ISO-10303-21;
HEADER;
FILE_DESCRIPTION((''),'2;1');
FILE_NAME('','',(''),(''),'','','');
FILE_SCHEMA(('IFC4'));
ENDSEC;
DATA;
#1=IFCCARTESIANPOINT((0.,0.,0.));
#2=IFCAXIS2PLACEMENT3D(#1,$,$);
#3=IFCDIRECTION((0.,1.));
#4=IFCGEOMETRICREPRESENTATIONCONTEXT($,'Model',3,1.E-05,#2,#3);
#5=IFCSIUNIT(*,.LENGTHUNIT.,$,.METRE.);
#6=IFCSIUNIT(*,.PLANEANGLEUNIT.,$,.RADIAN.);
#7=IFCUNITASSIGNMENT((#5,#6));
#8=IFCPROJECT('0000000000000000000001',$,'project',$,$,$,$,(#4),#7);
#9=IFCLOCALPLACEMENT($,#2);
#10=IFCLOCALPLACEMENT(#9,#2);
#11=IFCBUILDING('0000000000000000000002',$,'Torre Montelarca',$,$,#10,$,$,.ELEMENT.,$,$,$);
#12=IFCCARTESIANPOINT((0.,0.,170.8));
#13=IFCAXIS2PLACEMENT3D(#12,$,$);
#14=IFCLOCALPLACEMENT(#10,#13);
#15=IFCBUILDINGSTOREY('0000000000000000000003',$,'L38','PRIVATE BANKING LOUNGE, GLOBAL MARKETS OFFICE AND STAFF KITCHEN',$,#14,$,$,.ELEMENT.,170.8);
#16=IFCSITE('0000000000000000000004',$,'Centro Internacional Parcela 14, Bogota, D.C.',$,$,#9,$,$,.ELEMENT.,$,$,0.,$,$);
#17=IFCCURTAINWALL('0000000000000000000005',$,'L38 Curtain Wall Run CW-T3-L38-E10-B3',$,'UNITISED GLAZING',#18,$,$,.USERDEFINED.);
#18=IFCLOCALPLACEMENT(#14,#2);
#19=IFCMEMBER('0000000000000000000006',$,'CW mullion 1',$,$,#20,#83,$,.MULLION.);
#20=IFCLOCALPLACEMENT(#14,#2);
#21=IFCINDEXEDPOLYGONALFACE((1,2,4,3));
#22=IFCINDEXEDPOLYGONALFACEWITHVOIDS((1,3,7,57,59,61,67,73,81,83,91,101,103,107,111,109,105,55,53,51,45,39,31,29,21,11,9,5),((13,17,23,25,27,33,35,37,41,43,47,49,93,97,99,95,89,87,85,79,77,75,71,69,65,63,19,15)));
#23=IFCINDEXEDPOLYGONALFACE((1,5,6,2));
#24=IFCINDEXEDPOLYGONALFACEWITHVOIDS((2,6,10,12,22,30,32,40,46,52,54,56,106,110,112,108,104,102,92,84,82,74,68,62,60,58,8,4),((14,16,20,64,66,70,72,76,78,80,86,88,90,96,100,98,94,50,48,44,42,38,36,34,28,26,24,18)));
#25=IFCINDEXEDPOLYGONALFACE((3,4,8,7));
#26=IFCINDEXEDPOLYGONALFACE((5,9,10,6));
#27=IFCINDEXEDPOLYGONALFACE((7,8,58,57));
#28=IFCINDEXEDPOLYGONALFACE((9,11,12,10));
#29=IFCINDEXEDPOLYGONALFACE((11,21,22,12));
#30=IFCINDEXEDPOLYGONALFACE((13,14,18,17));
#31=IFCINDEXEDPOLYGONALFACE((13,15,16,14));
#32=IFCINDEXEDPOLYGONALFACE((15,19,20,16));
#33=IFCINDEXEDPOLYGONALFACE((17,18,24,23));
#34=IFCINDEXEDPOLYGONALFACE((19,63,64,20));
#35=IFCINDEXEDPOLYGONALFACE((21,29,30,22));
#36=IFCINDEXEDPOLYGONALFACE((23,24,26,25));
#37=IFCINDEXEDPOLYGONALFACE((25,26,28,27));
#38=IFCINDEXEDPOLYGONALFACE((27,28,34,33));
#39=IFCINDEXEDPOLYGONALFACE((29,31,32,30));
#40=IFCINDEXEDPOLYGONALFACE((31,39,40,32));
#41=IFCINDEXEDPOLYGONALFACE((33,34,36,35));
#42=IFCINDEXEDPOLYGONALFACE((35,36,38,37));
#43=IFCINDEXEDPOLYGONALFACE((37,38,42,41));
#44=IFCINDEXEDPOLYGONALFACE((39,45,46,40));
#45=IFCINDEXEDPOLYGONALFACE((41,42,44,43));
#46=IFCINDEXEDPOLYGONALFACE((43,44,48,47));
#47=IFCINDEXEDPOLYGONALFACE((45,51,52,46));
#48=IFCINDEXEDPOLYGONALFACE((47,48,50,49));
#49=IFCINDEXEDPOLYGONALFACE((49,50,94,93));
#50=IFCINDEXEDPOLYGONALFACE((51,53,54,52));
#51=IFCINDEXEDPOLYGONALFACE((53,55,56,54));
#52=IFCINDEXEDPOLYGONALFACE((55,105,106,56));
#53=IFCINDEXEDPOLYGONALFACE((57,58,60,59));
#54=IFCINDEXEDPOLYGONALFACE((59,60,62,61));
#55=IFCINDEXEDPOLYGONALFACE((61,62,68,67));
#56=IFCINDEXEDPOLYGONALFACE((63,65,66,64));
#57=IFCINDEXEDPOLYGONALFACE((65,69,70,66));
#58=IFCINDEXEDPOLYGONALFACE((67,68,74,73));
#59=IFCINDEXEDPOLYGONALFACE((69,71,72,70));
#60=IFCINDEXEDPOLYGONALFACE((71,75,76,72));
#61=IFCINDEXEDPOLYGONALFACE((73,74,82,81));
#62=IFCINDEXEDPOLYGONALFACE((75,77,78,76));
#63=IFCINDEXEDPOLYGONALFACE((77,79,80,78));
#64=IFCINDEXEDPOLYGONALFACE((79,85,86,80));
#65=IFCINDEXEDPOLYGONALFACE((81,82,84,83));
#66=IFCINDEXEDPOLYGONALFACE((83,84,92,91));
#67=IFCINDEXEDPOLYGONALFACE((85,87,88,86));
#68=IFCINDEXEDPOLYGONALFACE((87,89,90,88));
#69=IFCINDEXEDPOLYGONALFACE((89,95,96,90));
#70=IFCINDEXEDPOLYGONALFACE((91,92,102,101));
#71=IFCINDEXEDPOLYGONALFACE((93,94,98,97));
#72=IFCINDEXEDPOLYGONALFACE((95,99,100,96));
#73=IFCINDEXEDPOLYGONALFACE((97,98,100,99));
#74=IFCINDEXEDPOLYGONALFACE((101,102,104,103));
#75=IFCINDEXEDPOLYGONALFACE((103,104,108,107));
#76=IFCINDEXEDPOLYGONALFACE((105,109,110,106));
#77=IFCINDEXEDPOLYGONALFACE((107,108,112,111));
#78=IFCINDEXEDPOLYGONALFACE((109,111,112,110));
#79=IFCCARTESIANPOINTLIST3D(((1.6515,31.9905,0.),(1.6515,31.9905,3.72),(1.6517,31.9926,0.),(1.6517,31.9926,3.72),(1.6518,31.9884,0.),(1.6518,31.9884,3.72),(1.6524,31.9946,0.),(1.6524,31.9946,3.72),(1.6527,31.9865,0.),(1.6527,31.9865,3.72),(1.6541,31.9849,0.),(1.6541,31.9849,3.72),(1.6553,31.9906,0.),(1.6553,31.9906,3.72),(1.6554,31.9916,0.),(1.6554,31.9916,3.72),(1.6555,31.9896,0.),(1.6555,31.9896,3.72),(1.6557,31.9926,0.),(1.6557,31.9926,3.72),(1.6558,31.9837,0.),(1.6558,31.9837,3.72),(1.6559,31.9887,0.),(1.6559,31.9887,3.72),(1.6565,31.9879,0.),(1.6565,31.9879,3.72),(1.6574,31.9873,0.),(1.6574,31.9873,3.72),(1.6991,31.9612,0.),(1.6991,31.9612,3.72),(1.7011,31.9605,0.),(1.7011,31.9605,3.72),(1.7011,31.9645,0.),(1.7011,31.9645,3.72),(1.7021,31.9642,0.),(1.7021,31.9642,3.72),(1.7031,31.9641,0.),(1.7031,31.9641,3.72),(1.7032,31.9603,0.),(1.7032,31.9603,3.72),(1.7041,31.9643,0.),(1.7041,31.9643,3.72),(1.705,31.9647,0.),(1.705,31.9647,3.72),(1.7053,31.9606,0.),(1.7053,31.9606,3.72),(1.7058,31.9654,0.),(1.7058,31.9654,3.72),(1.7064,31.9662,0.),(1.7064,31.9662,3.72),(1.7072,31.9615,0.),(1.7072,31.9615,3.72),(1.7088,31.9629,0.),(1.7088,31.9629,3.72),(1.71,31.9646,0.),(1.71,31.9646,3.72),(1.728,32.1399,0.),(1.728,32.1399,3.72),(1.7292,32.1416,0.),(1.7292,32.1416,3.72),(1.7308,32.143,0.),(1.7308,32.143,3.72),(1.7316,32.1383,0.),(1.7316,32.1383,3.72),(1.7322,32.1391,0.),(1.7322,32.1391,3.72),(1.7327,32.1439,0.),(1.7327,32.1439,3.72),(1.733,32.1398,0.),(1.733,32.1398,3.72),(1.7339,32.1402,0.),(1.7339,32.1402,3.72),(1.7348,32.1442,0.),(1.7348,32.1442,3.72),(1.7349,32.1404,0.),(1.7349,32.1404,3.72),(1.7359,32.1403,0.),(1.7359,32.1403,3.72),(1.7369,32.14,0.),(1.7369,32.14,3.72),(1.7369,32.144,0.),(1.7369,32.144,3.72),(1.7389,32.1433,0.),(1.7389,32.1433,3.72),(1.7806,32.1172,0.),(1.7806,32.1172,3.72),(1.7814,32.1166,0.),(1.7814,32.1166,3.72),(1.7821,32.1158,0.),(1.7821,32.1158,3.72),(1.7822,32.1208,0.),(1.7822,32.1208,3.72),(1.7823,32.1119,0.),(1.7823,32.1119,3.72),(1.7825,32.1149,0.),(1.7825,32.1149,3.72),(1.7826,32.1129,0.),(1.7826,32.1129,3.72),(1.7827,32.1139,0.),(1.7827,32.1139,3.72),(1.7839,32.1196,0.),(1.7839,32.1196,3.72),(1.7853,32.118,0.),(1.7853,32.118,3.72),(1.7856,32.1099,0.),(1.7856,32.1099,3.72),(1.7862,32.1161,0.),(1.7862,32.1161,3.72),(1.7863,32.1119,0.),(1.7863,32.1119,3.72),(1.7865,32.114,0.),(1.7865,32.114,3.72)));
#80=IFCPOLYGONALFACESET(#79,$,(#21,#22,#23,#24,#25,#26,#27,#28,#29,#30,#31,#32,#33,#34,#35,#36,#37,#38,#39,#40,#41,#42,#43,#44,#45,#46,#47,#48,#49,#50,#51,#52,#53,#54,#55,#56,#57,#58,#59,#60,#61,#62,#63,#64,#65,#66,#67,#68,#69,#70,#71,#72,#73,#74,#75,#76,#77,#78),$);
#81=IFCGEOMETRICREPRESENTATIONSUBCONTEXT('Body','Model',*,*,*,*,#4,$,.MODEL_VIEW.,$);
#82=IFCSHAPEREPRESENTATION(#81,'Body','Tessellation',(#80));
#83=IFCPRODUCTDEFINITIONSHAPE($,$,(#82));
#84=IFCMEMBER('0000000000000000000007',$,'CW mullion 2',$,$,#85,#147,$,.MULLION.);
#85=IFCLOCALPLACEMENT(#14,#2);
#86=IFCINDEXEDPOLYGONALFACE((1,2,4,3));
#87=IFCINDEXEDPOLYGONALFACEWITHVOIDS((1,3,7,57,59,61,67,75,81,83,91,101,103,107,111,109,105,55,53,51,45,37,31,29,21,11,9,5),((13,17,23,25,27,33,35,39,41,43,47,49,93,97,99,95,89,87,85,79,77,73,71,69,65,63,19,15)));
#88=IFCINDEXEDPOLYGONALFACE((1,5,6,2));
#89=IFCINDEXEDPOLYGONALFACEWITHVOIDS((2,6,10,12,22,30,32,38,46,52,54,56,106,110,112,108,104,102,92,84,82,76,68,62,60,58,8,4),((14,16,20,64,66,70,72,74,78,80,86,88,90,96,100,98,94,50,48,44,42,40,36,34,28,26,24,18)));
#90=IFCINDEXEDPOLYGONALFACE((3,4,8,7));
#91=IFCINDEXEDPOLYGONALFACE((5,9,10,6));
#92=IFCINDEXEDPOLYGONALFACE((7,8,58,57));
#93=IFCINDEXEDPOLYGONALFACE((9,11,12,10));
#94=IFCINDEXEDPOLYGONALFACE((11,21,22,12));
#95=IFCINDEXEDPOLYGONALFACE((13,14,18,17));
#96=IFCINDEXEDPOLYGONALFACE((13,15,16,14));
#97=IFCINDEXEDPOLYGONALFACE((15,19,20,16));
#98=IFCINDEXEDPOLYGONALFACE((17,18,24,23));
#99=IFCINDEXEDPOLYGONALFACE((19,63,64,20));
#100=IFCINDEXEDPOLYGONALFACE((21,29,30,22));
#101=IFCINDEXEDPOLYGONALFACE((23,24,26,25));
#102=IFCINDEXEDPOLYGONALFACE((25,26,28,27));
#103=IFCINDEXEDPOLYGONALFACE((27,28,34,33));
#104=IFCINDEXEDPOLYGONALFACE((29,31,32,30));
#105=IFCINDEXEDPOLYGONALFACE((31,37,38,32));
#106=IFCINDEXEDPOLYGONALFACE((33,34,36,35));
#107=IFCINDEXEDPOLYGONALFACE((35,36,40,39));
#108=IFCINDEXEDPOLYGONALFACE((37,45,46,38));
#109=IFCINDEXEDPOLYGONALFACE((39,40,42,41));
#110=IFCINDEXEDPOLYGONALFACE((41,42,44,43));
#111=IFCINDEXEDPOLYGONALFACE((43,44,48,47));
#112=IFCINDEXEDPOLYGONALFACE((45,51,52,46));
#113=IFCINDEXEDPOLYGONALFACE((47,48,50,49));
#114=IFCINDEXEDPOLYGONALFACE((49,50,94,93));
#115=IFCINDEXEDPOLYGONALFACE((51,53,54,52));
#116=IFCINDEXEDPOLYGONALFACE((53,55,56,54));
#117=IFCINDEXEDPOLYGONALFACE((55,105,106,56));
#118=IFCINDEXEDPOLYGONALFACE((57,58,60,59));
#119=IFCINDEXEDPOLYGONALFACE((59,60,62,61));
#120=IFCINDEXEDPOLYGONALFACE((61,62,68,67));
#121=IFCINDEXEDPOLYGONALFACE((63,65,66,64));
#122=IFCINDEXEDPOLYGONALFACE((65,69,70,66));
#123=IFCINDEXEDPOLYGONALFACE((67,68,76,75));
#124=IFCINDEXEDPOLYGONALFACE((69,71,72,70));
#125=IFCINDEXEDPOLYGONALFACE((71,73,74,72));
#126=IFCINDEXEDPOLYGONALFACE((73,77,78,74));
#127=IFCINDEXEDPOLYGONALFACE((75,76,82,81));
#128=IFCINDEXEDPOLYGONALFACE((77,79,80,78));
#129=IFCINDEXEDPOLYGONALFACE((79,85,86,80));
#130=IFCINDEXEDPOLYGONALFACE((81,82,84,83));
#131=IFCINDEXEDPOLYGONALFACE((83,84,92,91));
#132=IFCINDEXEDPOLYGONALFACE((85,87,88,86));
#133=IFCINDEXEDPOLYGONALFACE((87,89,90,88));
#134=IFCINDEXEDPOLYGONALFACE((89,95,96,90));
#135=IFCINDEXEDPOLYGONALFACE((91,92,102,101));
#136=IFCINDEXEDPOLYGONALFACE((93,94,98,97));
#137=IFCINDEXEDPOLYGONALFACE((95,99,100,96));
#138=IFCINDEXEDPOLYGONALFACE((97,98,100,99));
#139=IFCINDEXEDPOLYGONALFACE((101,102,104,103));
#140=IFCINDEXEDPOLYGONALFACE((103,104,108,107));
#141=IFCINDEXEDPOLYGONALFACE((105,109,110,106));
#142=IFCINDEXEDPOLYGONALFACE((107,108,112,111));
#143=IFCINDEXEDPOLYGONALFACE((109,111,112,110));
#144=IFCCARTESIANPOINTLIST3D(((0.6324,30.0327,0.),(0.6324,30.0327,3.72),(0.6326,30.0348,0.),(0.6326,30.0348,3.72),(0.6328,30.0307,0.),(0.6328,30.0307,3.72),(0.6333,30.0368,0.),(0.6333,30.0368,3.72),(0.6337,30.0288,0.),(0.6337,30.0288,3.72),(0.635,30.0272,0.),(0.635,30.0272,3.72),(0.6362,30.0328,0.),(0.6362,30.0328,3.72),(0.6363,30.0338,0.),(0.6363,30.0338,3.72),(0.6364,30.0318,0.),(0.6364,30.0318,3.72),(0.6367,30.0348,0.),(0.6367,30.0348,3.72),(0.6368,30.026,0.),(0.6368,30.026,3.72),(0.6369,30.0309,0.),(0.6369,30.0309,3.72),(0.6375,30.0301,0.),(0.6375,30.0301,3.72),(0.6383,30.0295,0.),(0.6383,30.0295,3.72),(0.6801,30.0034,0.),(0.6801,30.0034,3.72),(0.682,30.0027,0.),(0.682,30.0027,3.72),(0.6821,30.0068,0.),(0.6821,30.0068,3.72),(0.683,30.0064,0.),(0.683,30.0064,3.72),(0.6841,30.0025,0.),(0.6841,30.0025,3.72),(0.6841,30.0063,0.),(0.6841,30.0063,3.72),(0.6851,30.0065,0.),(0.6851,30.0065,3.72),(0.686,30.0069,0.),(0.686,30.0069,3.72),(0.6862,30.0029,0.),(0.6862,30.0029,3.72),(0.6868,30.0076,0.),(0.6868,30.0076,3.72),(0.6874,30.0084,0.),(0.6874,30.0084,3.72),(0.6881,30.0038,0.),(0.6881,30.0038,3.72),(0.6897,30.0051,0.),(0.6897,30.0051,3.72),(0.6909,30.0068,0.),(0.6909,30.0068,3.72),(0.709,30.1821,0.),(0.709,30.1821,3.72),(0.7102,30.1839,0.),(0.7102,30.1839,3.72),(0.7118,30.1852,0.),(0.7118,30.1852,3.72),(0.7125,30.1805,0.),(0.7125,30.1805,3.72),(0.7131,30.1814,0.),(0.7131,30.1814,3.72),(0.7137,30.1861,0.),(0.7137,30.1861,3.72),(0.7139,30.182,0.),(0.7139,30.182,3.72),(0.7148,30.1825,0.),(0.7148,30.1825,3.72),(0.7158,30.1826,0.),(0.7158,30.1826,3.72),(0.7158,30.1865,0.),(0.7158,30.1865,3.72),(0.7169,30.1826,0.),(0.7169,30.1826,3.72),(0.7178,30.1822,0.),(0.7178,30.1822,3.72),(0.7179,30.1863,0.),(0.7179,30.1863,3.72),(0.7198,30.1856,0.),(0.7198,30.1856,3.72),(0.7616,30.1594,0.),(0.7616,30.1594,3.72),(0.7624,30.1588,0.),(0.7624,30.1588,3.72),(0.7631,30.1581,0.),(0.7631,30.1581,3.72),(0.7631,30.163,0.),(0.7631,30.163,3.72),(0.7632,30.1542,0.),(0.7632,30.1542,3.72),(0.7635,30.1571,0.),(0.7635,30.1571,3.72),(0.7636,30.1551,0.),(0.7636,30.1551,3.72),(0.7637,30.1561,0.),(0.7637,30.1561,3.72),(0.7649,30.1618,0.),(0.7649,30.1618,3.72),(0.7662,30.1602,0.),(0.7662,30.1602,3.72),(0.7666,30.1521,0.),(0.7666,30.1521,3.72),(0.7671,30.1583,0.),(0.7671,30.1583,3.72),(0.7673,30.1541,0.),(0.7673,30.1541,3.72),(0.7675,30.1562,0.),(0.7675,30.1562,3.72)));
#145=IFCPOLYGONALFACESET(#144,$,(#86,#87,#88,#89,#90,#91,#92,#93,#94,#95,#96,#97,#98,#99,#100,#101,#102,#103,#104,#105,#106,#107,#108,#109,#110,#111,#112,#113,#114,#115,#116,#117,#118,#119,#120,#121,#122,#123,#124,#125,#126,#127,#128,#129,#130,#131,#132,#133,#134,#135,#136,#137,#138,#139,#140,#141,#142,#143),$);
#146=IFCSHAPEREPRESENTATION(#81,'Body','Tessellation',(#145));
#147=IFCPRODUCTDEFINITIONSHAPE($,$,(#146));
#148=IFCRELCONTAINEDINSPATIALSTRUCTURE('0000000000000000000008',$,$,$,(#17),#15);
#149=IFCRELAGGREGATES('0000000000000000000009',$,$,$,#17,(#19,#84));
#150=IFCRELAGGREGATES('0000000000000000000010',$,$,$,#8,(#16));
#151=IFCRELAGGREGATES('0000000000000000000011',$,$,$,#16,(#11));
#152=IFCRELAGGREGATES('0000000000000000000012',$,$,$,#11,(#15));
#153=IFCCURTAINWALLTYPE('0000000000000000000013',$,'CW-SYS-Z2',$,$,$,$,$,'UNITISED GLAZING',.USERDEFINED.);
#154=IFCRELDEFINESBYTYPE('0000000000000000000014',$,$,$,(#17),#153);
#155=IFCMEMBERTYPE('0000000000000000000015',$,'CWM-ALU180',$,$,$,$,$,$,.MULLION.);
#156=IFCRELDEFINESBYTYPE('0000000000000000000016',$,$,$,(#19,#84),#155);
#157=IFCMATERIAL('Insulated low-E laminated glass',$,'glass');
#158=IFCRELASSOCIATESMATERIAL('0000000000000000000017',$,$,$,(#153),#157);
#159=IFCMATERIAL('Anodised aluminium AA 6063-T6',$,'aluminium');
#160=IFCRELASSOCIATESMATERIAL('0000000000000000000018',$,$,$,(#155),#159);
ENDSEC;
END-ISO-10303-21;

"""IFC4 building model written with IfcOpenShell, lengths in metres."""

from ifc_helpers import new_model, si_unit, direction, frame, origin, origin_2d, place, context, subcontext, project, spatial, hollow_rectangle, extrude, source, transform, mapped, material, material_profile, profile_set, type_object, element, aggregate, save


model = new_model("IFC4")

# Units and contexts
model_context = context("Model", 3, precision=1e-05, world=origin(), true_north=direction((0.0, 1.0)))
body_context = subcontext(model_context, "Body", "Model", "MODEL_VIEW")
ifc_project = project(units=[si_unit("LENGTHUNIT", "METRE"), si_unit("PLANEANGLEUNIT", "RADIAN")], contexts=[model_context])

# Site, building, storey
site_placement = place(None, origin())
site = spatial("IfcSite", under=ifc_project, at=site_placement, Name="Centro Internacional Parcela 14, Bogota, D.C.", CompositionType="ELEMENT", RefElevation=0.0)
building_placement = place(site_placement, origin())
building = spatial("IfcBuilding", under=site, at=building_placement, Name="Torre Montelarca", CompositionType="ELEMENT")
storey_placement = place(building_placement, frame((0.0, 0.0, 170.8)))
storey = spatial("IfcBuildingStorey", under=building, at=storey_placement, Name="L38", Description="PRIVATE BANKING LOUNGE, GLOBAL MARKETS OFFICE AND STAFF KITCHEN", CompositionType="ELEMENT", Elevation=170.8)

# Curtain wall, members
ifc_material_1 = material(Name="Insulated low-E laminated glass", Category="glass")
curtain_wall_type = type_object("IfcCurtainWallType", Name="CW-SYS-Z2", ElementType="UNITISED GLAZING", PredefinedType="USERDEFINED", material=ifc_material_1)
ifc_material_2 = material(Name="Anodised aluminium AA 6063-T6", Category="aluminium")
ifc_material_profile_1 = material_profile(ifc_material_2, hollow_rectangle(XDim=0.0649, YDim=0.1799, WallThickness=0.0039, InnerFilletRadius=0.0039, OuterFilletRadius=0.0081, at=origin_2d()), Name="ALU65X180X4", Category="aluminium")
ifc_profile_set_1 = profile_set([ifc_material_profile_1], Name="Anodised aluminium AA 6063-T6")
member_type_1 = type_object("IfcMemberType", Name="CWM-ALU180", PredefinedType="MULLION", material=ifc_profile_set_1)
shared_shape_1 = source(origin(), body_context, "Body", "SweptSolid", [
    extrude(hollow_rectangle(XDim=0.0649, YDim=0.1799, WallThickness=0.0039, InnerFilletRadius=0.0039, OuterFilletRadius=0.0081, at=origin_2d()), origin(), (0.0, 0.0, 1.0), 3.72),
])
curtain_wall_1_placement = place(storey_placement, origin())
curtain_wall_1 = element("IfcCurtainWall", 1, at=curtain_wall_1_placement, inside=storey, type_object=curtain_wall_type, Name="L38 Curtain Wall Run CW-T3-L38-E10-B3", ObjectType="UNITISED GLAZING", PredefinedType="USERDEFINED")
member_1_placement = place(storey_placement, frame((1.719, 32.0522, 0.0), z_axis=(0.0, 0.0, 1.0), x_axis=(0.887017, -0.461737, 0.0)))
member_1 = element("IfcMember", 2, at=member_1_placement, type_object=member_type_1, Name="CW mullion 1", PredefinedType="MULLION", context=body_context, shape_type="MappedRepresentation", body=[
    mapped(shared_shape_1, transform((0.0, 0.0, 0.0), scale=1.0)),
])
member_2_placement = place(storey_placement, frame((0.7, 30.0945, 0.0), z_axis=(0.0, 0.0, 1.0), x_axis=(0.887017, -0.461737, 0.0)))
member_2 = element("IfcMember", 3, at=member_2_placement, type_object=member_type_1, Name="CW mullion 2", PredefinedType="MULLION", context=body_context, shape_type="MappedRepresentation", body=[
    mapped(shared_shape_1, transform((0.0, 0.0, 0.0), scale=1.0)),
])

aggregate(curtain_wall_1, [member_1, member_2])

save(model, "model.ifc")
